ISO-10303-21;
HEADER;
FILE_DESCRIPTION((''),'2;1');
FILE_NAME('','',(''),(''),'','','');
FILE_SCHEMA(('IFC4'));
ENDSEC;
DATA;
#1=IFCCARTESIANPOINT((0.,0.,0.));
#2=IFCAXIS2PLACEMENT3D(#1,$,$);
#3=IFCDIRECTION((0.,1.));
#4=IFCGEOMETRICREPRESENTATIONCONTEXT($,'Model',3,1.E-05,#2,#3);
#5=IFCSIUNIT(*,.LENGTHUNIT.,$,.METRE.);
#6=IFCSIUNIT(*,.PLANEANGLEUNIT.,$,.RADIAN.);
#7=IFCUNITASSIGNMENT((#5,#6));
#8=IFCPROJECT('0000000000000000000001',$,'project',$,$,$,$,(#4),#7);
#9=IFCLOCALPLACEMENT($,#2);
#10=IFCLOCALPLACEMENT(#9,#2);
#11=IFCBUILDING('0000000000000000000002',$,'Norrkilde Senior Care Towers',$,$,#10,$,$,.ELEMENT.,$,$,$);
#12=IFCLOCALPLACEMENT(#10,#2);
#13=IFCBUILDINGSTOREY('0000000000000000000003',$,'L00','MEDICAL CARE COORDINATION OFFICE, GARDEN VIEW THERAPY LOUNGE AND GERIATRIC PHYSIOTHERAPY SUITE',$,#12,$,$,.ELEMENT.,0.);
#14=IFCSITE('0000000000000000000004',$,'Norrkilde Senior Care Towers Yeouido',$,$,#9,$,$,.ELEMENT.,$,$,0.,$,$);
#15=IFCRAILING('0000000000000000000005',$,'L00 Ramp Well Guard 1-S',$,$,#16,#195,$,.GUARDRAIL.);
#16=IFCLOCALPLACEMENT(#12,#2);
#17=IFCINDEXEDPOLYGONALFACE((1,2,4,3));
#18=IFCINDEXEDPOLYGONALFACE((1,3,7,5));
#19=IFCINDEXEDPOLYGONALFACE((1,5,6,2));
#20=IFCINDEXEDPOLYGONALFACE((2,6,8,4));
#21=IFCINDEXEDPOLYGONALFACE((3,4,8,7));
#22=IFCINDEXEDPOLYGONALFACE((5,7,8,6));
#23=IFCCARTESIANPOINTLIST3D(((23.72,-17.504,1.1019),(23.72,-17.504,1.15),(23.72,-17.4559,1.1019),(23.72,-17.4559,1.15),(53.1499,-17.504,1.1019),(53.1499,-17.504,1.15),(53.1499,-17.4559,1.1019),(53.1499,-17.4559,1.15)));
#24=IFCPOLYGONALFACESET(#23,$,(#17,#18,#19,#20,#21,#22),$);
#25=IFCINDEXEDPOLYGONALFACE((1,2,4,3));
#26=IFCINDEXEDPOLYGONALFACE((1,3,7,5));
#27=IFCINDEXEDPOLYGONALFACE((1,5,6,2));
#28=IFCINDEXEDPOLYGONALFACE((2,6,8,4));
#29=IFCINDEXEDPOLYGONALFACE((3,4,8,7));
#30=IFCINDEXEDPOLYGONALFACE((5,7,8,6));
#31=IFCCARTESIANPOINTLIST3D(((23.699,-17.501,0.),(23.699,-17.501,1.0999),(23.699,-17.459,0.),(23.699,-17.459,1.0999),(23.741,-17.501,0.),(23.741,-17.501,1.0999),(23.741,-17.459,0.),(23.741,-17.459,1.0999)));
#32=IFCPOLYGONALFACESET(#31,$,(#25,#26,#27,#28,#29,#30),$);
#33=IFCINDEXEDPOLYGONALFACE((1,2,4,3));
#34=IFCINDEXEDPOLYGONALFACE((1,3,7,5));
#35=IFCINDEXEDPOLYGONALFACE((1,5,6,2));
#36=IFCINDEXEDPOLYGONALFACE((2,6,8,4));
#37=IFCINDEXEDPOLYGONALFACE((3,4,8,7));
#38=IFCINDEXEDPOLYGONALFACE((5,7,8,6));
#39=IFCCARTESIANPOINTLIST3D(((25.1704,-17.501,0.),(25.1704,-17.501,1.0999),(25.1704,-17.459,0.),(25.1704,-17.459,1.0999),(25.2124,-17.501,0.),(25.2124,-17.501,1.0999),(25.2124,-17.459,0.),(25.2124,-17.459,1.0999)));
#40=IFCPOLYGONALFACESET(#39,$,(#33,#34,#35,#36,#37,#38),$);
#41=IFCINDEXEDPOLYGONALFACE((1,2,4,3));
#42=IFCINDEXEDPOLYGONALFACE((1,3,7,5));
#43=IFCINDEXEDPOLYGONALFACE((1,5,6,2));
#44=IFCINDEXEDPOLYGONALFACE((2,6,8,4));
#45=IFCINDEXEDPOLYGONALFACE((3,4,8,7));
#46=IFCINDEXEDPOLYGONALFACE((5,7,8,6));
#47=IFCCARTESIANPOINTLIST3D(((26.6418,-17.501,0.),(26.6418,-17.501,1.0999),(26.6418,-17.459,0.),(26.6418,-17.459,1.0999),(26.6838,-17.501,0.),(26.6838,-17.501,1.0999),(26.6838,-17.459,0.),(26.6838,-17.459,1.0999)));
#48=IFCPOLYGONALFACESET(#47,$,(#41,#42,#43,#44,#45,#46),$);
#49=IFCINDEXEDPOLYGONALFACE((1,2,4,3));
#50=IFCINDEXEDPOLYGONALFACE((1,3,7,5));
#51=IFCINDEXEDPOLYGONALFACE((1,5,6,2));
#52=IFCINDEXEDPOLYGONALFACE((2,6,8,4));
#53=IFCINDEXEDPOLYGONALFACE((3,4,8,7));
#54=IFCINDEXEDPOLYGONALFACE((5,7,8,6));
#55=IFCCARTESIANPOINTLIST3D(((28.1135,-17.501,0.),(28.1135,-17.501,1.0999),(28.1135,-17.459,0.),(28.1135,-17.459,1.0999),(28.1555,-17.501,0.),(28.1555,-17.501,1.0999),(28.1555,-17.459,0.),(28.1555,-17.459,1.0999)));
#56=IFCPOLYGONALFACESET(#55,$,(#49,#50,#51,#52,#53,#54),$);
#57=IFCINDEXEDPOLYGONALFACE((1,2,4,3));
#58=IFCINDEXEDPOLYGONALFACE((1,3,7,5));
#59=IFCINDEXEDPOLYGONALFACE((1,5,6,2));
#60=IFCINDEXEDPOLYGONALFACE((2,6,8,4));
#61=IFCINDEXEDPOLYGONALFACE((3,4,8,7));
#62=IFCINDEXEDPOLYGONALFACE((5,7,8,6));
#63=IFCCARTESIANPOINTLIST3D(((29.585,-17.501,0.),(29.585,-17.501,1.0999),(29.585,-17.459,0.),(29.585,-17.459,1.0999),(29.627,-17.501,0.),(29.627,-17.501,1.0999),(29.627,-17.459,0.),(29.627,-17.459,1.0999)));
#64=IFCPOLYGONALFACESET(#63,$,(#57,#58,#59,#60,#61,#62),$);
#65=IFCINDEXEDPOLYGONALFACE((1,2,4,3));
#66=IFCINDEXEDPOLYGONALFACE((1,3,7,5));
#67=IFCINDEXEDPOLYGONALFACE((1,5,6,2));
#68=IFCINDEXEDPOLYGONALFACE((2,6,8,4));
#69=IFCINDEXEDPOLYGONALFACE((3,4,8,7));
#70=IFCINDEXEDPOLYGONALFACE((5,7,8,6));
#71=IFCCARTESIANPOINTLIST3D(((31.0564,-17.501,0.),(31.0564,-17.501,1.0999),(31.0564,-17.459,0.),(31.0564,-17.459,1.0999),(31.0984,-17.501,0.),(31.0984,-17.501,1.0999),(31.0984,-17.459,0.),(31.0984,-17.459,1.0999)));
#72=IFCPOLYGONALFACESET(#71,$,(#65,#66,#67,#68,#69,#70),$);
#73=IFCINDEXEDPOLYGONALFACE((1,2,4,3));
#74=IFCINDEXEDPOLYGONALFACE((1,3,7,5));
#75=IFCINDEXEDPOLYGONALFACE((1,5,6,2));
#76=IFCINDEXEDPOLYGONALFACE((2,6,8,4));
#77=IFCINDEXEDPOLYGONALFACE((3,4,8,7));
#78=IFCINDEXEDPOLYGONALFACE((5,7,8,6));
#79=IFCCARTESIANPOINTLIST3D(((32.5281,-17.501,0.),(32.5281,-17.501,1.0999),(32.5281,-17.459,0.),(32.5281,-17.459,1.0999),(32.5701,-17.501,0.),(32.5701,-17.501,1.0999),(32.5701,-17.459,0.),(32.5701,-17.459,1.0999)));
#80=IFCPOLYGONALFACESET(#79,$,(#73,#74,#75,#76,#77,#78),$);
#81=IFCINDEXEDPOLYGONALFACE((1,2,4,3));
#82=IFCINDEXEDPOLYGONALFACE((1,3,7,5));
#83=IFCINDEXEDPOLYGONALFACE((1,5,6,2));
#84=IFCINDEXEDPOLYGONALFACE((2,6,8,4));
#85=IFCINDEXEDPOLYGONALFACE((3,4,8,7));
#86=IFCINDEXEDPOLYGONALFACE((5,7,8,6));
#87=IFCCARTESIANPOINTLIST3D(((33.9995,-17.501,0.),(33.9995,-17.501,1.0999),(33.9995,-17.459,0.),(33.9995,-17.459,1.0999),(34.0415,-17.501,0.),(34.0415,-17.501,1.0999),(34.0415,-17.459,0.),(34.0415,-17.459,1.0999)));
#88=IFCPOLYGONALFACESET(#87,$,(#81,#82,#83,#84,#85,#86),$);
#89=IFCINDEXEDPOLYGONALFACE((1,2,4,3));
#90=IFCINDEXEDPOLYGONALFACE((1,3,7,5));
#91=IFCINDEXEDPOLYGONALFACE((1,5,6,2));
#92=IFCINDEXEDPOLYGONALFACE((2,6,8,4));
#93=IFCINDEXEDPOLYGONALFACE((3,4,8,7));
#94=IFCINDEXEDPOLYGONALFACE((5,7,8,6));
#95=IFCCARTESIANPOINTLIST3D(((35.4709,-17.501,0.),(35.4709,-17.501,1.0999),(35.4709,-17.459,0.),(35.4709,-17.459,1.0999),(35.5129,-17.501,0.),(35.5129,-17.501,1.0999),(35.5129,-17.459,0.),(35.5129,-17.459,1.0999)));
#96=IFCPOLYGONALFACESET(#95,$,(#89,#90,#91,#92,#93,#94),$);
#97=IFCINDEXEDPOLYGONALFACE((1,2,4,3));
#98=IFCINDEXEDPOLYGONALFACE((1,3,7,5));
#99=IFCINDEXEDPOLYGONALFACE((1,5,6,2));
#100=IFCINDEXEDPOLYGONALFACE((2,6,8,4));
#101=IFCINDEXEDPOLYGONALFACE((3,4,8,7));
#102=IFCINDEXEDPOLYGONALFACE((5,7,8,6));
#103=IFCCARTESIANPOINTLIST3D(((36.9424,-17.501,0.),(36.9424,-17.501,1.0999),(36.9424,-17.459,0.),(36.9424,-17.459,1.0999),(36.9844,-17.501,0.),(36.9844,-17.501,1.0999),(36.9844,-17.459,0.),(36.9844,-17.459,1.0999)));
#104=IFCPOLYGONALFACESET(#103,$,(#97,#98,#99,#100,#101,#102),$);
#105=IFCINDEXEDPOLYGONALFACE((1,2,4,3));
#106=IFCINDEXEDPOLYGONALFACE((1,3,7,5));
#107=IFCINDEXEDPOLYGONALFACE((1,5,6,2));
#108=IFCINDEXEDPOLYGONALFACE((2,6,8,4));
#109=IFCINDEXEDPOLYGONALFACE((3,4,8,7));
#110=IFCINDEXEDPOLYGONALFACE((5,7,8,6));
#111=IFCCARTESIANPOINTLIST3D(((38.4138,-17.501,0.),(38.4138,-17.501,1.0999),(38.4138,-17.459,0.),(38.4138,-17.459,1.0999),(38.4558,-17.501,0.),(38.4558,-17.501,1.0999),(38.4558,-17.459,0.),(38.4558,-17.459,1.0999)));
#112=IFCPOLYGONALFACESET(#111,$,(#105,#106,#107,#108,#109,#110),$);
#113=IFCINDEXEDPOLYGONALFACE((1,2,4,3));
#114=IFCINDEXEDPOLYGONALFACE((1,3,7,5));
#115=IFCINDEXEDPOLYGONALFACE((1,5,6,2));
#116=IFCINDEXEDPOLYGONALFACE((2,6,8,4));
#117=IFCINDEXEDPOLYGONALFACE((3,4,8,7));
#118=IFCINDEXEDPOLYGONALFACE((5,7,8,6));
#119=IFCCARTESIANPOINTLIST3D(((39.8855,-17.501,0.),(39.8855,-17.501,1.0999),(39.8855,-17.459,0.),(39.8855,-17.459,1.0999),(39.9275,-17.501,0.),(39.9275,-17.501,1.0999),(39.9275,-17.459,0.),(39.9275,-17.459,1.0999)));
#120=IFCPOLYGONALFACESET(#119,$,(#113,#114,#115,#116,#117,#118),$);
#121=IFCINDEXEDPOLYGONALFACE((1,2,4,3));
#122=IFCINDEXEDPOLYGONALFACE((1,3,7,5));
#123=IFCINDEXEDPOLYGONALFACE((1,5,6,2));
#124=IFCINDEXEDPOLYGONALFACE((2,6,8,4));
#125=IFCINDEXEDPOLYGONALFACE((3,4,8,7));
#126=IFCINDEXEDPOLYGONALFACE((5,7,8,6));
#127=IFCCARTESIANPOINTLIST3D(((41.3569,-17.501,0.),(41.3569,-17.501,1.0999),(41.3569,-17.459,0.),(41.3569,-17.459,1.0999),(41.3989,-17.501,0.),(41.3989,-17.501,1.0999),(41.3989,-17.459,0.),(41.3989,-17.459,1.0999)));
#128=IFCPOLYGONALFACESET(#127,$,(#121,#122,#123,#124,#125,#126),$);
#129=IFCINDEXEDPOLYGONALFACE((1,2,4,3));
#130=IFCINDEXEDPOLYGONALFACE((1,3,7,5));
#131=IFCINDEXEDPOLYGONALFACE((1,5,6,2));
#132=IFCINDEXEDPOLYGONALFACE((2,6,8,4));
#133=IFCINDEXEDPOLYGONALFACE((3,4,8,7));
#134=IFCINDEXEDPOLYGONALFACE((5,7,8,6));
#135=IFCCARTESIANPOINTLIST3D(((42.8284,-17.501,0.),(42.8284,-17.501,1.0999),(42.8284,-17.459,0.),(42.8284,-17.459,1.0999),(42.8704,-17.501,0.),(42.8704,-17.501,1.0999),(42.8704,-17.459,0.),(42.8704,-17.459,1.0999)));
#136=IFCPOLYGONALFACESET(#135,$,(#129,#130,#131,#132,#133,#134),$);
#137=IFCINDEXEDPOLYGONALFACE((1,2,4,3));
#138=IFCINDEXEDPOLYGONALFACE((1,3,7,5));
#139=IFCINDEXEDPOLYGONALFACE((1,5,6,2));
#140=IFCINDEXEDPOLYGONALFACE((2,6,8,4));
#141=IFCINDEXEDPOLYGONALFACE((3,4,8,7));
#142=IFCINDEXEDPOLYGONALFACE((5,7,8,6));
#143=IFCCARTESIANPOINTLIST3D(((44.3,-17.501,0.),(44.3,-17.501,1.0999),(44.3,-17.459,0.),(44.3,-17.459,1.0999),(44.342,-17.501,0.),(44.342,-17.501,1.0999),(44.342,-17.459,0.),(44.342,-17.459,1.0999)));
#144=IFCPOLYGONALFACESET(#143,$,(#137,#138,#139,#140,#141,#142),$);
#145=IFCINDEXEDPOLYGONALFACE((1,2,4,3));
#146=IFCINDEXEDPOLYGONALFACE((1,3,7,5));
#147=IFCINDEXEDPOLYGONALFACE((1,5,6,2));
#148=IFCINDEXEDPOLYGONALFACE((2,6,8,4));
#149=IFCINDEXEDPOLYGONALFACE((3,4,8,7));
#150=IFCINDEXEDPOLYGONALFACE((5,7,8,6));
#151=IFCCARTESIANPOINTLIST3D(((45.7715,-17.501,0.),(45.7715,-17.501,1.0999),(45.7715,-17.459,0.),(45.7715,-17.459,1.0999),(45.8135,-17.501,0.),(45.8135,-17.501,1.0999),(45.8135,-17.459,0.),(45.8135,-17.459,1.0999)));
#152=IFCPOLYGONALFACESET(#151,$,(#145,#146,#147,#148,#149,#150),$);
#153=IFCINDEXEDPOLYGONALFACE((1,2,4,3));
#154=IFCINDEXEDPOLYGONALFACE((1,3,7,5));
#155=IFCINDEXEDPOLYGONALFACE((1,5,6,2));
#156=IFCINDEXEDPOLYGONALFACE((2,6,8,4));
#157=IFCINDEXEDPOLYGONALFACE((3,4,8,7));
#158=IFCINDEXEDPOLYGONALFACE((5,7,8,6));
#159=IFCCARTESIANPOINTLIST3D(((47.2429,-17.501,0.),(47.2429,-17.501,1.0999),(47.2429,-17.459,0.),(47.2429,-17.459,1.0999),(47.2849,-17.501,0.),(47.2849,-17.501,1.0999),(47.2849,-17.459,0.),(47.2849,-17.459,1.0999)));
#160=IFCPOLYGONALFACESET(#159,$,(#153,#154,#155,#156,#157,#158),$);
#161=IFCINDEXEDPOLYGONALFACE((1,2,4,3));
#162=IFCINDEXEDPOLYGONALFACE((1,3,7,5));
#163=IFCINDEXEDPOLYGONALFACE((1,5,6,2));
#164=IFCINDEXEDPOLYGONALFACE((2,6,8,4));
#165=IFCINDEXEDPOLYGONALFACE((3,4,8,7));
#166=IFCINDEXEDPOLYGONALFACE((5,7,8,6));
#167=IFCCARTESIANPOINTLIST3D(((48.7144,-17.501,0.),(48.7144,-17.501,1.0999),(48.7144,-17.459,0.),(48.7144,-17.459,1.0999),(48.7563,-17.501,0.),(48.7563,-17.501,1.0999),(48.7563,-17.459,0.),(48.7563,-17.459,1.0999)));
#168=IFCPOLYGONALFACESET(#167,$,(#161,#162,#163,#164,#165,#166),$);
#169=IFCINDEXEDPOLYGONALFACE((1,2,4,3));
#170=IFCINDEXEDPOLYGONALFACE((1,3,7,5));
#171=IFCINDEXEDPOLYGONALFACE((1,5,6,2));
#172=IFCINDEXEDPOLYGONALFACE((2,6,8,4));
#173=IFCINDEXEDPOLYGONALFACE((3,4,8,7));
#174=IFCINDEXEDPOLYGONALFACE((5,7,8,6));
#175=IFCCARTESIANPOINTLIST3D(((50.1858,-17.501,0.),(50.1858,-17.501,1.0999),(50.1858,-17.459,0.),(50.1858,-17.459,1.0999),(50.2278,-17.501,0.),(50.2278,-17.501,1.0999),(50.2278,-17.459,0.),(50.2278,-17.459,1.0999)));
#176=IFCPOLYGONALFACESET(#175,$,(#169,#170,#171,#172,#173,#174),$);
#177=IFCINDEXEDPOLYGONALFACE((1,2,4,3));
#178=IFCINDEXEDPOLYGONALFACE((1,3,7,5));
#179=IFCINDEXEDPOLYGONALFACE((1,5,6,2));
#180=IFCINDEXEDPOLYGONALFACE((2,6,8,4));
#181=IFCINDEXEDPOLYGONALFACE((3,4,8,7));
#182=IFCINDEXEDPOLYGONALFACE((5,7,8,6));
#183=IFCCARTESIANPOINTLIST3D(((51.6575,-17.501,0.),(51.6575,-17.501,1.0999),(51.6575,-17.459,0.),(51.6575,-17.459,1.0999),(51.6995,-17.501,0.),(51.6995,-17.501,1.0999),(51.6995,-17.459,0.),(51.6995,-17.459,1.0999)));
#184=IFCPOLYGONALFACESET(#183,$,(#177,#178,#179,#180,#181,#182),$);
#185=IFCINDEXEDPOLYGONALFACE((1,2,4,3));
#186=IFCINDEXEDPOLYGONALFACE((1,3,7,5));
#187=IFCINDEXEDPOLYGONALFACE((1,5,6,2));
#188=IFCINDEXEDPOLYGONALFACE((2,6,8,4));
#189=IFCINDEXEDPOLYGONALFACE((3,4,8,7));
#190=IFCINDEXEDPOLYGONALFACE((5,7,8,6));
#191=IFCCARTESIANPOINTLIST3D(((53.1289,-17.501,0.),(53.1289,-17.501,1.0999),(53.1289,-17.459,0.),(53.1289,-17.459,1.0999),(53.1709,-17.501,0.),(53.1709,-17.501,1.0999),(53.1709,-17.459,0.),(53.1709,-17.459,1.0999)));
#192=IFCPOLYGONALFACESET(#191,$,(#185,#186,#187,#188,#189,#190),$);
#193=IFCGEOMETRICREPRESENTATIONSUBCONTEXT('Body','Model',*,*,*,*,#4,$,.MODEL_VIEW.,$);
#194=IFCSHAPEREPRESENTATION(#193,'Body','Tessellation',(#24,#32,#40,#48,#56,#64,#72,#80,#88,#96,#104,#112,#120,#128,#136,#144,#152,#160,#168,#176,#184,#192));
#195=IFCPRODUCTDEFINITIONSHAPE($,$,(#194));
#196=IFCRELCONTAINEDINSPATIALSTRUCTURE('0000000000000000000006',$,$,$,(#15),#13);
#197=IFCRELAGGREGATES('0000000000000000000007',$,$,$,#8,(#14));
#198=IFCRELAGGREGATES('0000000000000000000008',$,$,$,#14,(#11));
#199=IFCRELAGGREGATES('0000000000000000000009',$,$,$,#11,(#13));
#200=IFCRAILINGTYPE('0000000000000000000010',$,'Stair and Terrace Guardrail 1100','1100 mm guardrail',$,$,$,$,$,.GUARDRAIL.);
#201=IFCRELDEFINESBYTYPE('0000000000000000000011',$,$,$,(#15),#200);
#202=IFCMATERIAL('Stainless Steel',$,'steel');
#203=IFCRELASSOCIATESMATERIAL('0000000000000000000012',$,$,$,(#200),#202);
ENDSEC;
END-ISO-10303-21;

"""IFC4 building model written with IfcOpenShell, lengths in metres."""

from ifc_helpers import new_model, si_unit, direction, frame, origin, origin_2d, place, context, subcontext, project, spatial, rectangle, extrude, material, type_object, element, save


model = new_model("IFC4")

# Units and contexts
model_context = context("Model", 3, precision=1e-05, world=origin(), true_north=direction((0.0, 1.0)))
body_context = subcontext(model_context, "Body", "Model", "MODEL_VIEW")
ifc_project = project(units=[si_unit("LENGTHUNIT", "METRE"), si_unit("PLANEANGLEUNIT", "RADIAN")], contexts=[model_context])

# Site, building, storey
site_placement = place(None, origin())
site = spatial("IfcSite", under=ifc_project, at=site_placement, Name="Norrkilde Senior Care Towers Yeouido", CompositionType="ELEMENT", RefElevation=0.0)
building_placement = place(site_placement, origin())
building = spatial("IfcBuilding", under=site, at=building_placement, Name="Norrkilde Senior Care Towers", CompositionType="ELEMENT")
storey_placement = place(building_placement, origin())
storey = spatial("IfcBuildingStorey", under=building, at=storey_placement, Name="L00", Description="MEDICAL CARE COORDINATION OFFICE, GARDEN VIEW THERAPY LOUNGE AND GERIATRIC PHYSIOTHERAPY SUITE", CompositionType="ELEMENT", Elevation=0.0)

# Railing
ifc_material_1 = material(Name="Stainless Steel", Category="steel")
railing_type_1 = type_object("IfcRailingType", Name="Stair and Terrace Guardrail 1100", Description="1100 mm guardrail", PredefinedType="GUARDRAIL", material=ifc_material_1)
railing_1_placement = place(storey_placement, frame((23.72, -17.48, 0.0)))
element("IfcRailing", 1, at=railing_1_placement, inside=storey, type_object=railing_type_1, Name="L00 Ramp Well Guard 1-S", PredefinedType="GUARDRAIL", context=body_context, shape_type="SweptSolid", body=[
    extrude(rectangle(XDim=0.0481, YDim=0.0481, at=origin_2d()), frame((0.0, 0.0, 1.126), z_axis=(1.0, 0.0, 0.0), x_axis=(0.0, 1.0, 0.0)), (0.0, 0.0, 1.0), 29.4299),
    extrude(rectangle(XDim=0.042, YDim=0.042, at=origin_2d()), origin(), (0.0, 0.0, 1.0), 1.0999),
    extrude(rectangle(XDim=0.042, YDim=0.042, at=origin_2d()), frame((1.4714, 0.0, 0.0)), (0.0, 0.0, 1.0), 1.0999),
    extrude(rectangle(XDim=0.042, YDim=0.042, at=origin_2d()), frame((2.9429, 0.0, 0.0)), (0.0, 0.0, 1.0), 1.0999),
    extrude(rectangle(XDim=0.042, YDim=0.042, at=origin_2d()), frame((4.4146, 0.0, 0.0)), (0.0, 0.0, 1.0), 1.0999),
    extrude(rectangle(XDim=0.042, YDim=0.042, at=origin_2d()), frame((5.886, 0.0, 0.0)), (0.0, 0.0, 1.0), 1.0999),
    extrude(rectangle(XDim=0.042, YDim=0.042, at=origin_2d()), frame((7.3574, 0.0, 0.0)), (0.0, 0.0, 1.0), 1.0999),
    extrude(rectangle(XDim=0.042, YDim=0.042, at=origin_2d()), frame((8.8291, 0.0, 0.0)), (0.0, 0.0, 1.0), 1.0999),
    extrude(rectangle(XDim=0.042, YDim=0.042, at=origin_2d()), frame((10.3005, 0.0, 0.0)), (0.0, 0.0, 1.0), 1.0999),
    extrude(rectangle(XDim=0.042, YDim=0.042, at=origin_2d()), frame((11.772, 0.0, 0.0)), (0.0, 0.0, 1.0), 1.0999),
    extrude(rectangle(XDim=0.042, YDim=0.042, at=origin_2d()), frame((13.2434, 0.0, 0.0)), (0.0, 0.0, 1.0), 1.0999),
    extrude(rectangle(XDim=0.042, YDim=0.042, at=origin_2d()), frame((14.7148, 0.0, 0.0)), (0.0, 0.0, 1.0), 1.0999),
    extrude(rectangle(XDim=0.042, YDim=0.042, at=origin_2d()), frame((16.1865, 0.0, 0.0)), (0.0, 0.0, 1.0), 1.0999),
    extrude(rectangle(XDim=0.042, YDim=0.042, at=origin_2d()), frame((17.658, 0.0, 0.0)), (0.0, 0.0, 1.0), 1.0999),
    extrude(rectangle(XDim=0.042, YDim=0.042, at=origin_2d()), frame((19.1294, 0.0, 0.0)), (0.0, 0.0, 1.0), 1.0999),
    extrude(rectangle(XDim=0.042, YDim=0.042, at=origin_2d()), frame((20.6011, 0.0, 0.0)), (0.0, 0.0, 1.0), 1.0999),
    extrude(rectangle(XDim=0.042, YDim=0.042, at=origin_2d()), frame((22.0725, 0.0, 0.0)), (0.0, 0.0, 1.0), 1.0999),
    extrude(rectangle(XDim=0.042, YDim=0.042, at=origin_2d()), frame((23.5439, 0.0, 0.0)), (0.0, 0.0, 1.0), 1.0999),
    extrude(rectangle(XDim=0.042, YDim=0.042, at=origin_2d()), frame((25.0154, 0.0, 0.0)), (0.0, 0.0, 1.0), 1.0999),
    extrude(rectangle(XDim=0.042, YDim=0.042, at=origin_2d()), frame((26.4868, 0.0, 0.0)), (0.0, 0.0, 1.0), 1.0999),
    extrude(rectangle(XDim=0.042, YDim=0.042, at=origin_2d()), frame((27.9585, 0.0, 0.0)), (0.0, 0.0, 1.0), 1.0999),
    extrude(rectangle(XDim=0.042, YDim=0.042, at=origin_2d()), frame((29.4299, 0.0, 0.0)), (0.0, 0.0, 1.0), 1.0999),
])

save(model, "model.ifc")
